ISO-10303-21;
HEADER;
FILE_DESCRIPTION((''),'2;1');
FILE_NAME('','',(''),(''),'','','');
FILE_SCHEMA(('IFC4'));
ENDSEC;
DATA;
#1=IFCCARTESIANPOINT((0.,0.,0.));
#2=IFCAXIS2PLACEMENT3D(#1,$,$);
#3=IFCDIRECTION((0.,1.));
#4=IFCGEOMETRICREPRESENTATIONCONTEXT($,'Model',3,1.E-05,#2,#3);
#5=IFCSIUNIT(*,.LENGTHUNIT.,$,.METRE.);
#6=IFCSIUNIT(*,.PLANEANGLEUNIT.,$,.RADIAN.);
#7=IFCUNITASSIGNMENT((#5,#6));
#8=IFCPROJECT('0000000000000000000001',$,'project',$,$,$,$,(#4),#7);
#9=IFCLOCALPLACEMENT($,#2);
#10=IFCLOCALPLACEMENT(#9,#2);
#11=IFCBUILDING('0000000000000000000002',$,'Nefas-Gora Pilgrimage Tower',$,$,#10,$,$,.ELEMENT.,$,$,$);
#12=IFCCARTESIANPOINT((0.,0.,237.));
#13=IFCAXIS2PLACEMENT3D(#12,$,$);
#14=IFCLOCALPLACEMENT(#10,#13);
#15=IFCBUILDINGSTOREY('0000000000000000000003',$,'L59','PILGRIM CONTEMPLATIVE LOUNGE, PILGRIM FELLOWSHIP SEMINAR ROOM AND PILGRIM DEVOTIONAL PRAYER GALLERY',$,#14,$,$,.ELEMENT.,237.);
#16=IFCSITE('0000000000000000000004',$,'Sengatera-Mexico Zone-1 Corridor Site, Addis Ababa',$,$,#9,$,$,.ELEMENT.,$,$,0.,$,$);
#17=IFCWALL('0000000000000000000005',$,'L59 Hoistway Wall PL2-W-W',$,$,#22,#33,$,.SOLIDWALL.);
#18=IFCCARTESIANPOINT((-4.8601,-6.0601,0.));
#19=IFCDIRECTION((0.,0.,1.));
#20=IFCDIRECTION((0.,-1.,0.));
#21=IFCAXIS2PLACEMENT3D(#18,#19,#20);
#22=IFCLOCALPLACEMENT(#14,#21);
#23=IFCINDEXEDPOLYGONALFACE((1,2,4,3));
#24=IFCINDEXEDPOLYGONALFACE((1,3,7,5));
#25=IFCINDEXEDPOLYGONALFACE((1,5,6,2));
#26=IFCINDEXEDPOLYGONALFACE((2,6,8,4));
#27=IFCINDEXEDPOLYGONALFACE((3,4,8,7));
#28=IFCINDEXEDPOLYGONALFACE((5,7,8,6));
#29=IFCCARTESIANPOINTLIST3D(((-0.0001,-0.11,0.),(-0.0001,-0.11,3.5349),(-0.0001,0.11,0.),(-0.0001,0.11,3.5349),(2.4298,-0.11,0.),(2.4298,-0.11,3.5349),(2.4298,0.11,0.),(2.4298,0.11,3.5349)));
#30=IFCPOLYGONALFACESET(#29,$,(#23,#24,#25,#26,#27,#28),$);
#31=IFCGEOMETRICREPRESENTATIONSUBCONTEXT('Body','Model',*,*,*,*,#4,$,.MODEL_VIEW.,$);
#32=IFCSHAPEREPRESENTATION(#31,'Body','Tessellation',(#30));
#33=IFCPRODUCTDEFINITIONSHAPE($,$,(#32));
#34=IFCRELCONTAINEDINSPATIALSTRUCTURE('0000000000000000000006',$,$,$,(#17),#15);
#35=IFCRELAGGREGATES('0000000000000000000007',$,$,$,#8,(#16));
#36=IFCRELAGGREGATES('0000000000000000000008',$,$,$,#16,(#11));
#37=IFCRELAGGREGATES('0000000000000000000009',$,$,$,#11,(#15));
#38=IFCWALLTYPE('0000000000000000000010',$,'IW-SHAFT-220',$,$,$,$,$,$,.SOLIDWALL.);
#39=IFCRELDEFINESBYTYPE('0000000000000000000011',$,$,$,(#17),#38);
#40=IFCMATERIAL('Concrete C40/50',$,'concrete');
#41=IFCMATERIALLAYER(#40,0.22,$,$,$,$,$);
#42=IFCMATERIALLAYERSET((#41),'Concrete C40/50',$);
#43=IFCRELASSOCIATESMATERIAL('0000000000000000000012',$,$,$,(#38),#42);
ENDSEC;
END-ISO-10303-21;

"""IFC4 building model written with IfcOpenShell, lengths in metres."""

from ifc_helpers import new_model, si_unit, direction, frame, frame_2d, origin, place, context, subcontext, project, spatial, rectangle, extrude, source, transform, mapped, material, layer, layer_set, type_object, element, save


model = new_model("IFC4")

# Units and contexts
model_context = context("Model", 3, precision=1e-05, world=origin(), true_north=direction((0.0, 1.0)))
body_context = subcontext(model_context, "Body", "Model", "MODEL_VIEW")
ifc_project = project(units=[si_unit("LENGTHUNIT", "METRE"), si_unit("PLANEANGLEUNIT", "RADIAN")], contexts=[model_context])

# Site, building, storey
site_placement = place(None, origin())
site = spatial("IfcSite", under=ifc_project, at=site_placement, Name="Sengatera-Mexico Zone-1 Corridor Site, Addis Ababa", CompositionType="ELEMENT", RefElevation=0.0)
building_placement = place(site_placement, origin())
building = spatial("IfcBuilding", under=site, at=building_placement, Name="Nefas-Gora Pilgrimage Tower", CompositionType="ELEMENT")
storey_placement = place(building_placement, frame((0.0, 0.0, 237.0)))
storey = spatial("IfcBuildingStorey", under=building, at=storey_placement, Name="L59", Description="PILGRIM CONTEMPLATIVE LOUNGE, PILGRIM FELLOWSHIP SEMINAR ROOM AND PILGRIM DEVOTIONAL PRAYER GALLERY", CompositionType="ELEMENT", Elevation=237.0)

# Wall
ifc_material_1 = material(Name="Concrete C40/50", Category="concrete")
ifc_layer_1 = layer(ifc_material_1, 0.22)
ifc_layer_set_1 = layer_set([ifc_layer_1], Name="Concrete C40/50")
wall_type_1 = type_object("IfcWallType", Name="IW-SHAFT-220", PredefinedType="SOLIDWALL", material=ifc_layer_set_1)
shared_shape_1 = source(origin(), body_context, "Body", "SweptSolid", [
    extrude(rectangle(XDim=2.4299, YDim=0.22, at=frame_2d((1.2148, 0.0))), origin(), (0.0, 0.0, 1.0), 3.5349),
])
wall_1_placement = place(storey_placement, frame((-4.8601, -6.0601, 0.0), z_axis=(0.0, 0.0, 1.0), x_axis=(0.0, -1.0, 0.0)))
element("IfcWall", 1, at=wall_1_placement, inside=storey, type_object=wall_type_1, Name="L59 Hoistway Wall PL2-W-W", PredefinedType="SOLIDWALL", context=body_context, shape_type="MappedRepresentation", body=[
    mapped(shared_shape_1, transform((0.0, 0.0, 0.0), x_axis=(1.0, 0.0, 0.0), y_axis=(0.0, 1.0, 0.0), z_axis=(0.0, 0.0, 1.0), scale=1.0)),
])

save(model, "model.ifc")
